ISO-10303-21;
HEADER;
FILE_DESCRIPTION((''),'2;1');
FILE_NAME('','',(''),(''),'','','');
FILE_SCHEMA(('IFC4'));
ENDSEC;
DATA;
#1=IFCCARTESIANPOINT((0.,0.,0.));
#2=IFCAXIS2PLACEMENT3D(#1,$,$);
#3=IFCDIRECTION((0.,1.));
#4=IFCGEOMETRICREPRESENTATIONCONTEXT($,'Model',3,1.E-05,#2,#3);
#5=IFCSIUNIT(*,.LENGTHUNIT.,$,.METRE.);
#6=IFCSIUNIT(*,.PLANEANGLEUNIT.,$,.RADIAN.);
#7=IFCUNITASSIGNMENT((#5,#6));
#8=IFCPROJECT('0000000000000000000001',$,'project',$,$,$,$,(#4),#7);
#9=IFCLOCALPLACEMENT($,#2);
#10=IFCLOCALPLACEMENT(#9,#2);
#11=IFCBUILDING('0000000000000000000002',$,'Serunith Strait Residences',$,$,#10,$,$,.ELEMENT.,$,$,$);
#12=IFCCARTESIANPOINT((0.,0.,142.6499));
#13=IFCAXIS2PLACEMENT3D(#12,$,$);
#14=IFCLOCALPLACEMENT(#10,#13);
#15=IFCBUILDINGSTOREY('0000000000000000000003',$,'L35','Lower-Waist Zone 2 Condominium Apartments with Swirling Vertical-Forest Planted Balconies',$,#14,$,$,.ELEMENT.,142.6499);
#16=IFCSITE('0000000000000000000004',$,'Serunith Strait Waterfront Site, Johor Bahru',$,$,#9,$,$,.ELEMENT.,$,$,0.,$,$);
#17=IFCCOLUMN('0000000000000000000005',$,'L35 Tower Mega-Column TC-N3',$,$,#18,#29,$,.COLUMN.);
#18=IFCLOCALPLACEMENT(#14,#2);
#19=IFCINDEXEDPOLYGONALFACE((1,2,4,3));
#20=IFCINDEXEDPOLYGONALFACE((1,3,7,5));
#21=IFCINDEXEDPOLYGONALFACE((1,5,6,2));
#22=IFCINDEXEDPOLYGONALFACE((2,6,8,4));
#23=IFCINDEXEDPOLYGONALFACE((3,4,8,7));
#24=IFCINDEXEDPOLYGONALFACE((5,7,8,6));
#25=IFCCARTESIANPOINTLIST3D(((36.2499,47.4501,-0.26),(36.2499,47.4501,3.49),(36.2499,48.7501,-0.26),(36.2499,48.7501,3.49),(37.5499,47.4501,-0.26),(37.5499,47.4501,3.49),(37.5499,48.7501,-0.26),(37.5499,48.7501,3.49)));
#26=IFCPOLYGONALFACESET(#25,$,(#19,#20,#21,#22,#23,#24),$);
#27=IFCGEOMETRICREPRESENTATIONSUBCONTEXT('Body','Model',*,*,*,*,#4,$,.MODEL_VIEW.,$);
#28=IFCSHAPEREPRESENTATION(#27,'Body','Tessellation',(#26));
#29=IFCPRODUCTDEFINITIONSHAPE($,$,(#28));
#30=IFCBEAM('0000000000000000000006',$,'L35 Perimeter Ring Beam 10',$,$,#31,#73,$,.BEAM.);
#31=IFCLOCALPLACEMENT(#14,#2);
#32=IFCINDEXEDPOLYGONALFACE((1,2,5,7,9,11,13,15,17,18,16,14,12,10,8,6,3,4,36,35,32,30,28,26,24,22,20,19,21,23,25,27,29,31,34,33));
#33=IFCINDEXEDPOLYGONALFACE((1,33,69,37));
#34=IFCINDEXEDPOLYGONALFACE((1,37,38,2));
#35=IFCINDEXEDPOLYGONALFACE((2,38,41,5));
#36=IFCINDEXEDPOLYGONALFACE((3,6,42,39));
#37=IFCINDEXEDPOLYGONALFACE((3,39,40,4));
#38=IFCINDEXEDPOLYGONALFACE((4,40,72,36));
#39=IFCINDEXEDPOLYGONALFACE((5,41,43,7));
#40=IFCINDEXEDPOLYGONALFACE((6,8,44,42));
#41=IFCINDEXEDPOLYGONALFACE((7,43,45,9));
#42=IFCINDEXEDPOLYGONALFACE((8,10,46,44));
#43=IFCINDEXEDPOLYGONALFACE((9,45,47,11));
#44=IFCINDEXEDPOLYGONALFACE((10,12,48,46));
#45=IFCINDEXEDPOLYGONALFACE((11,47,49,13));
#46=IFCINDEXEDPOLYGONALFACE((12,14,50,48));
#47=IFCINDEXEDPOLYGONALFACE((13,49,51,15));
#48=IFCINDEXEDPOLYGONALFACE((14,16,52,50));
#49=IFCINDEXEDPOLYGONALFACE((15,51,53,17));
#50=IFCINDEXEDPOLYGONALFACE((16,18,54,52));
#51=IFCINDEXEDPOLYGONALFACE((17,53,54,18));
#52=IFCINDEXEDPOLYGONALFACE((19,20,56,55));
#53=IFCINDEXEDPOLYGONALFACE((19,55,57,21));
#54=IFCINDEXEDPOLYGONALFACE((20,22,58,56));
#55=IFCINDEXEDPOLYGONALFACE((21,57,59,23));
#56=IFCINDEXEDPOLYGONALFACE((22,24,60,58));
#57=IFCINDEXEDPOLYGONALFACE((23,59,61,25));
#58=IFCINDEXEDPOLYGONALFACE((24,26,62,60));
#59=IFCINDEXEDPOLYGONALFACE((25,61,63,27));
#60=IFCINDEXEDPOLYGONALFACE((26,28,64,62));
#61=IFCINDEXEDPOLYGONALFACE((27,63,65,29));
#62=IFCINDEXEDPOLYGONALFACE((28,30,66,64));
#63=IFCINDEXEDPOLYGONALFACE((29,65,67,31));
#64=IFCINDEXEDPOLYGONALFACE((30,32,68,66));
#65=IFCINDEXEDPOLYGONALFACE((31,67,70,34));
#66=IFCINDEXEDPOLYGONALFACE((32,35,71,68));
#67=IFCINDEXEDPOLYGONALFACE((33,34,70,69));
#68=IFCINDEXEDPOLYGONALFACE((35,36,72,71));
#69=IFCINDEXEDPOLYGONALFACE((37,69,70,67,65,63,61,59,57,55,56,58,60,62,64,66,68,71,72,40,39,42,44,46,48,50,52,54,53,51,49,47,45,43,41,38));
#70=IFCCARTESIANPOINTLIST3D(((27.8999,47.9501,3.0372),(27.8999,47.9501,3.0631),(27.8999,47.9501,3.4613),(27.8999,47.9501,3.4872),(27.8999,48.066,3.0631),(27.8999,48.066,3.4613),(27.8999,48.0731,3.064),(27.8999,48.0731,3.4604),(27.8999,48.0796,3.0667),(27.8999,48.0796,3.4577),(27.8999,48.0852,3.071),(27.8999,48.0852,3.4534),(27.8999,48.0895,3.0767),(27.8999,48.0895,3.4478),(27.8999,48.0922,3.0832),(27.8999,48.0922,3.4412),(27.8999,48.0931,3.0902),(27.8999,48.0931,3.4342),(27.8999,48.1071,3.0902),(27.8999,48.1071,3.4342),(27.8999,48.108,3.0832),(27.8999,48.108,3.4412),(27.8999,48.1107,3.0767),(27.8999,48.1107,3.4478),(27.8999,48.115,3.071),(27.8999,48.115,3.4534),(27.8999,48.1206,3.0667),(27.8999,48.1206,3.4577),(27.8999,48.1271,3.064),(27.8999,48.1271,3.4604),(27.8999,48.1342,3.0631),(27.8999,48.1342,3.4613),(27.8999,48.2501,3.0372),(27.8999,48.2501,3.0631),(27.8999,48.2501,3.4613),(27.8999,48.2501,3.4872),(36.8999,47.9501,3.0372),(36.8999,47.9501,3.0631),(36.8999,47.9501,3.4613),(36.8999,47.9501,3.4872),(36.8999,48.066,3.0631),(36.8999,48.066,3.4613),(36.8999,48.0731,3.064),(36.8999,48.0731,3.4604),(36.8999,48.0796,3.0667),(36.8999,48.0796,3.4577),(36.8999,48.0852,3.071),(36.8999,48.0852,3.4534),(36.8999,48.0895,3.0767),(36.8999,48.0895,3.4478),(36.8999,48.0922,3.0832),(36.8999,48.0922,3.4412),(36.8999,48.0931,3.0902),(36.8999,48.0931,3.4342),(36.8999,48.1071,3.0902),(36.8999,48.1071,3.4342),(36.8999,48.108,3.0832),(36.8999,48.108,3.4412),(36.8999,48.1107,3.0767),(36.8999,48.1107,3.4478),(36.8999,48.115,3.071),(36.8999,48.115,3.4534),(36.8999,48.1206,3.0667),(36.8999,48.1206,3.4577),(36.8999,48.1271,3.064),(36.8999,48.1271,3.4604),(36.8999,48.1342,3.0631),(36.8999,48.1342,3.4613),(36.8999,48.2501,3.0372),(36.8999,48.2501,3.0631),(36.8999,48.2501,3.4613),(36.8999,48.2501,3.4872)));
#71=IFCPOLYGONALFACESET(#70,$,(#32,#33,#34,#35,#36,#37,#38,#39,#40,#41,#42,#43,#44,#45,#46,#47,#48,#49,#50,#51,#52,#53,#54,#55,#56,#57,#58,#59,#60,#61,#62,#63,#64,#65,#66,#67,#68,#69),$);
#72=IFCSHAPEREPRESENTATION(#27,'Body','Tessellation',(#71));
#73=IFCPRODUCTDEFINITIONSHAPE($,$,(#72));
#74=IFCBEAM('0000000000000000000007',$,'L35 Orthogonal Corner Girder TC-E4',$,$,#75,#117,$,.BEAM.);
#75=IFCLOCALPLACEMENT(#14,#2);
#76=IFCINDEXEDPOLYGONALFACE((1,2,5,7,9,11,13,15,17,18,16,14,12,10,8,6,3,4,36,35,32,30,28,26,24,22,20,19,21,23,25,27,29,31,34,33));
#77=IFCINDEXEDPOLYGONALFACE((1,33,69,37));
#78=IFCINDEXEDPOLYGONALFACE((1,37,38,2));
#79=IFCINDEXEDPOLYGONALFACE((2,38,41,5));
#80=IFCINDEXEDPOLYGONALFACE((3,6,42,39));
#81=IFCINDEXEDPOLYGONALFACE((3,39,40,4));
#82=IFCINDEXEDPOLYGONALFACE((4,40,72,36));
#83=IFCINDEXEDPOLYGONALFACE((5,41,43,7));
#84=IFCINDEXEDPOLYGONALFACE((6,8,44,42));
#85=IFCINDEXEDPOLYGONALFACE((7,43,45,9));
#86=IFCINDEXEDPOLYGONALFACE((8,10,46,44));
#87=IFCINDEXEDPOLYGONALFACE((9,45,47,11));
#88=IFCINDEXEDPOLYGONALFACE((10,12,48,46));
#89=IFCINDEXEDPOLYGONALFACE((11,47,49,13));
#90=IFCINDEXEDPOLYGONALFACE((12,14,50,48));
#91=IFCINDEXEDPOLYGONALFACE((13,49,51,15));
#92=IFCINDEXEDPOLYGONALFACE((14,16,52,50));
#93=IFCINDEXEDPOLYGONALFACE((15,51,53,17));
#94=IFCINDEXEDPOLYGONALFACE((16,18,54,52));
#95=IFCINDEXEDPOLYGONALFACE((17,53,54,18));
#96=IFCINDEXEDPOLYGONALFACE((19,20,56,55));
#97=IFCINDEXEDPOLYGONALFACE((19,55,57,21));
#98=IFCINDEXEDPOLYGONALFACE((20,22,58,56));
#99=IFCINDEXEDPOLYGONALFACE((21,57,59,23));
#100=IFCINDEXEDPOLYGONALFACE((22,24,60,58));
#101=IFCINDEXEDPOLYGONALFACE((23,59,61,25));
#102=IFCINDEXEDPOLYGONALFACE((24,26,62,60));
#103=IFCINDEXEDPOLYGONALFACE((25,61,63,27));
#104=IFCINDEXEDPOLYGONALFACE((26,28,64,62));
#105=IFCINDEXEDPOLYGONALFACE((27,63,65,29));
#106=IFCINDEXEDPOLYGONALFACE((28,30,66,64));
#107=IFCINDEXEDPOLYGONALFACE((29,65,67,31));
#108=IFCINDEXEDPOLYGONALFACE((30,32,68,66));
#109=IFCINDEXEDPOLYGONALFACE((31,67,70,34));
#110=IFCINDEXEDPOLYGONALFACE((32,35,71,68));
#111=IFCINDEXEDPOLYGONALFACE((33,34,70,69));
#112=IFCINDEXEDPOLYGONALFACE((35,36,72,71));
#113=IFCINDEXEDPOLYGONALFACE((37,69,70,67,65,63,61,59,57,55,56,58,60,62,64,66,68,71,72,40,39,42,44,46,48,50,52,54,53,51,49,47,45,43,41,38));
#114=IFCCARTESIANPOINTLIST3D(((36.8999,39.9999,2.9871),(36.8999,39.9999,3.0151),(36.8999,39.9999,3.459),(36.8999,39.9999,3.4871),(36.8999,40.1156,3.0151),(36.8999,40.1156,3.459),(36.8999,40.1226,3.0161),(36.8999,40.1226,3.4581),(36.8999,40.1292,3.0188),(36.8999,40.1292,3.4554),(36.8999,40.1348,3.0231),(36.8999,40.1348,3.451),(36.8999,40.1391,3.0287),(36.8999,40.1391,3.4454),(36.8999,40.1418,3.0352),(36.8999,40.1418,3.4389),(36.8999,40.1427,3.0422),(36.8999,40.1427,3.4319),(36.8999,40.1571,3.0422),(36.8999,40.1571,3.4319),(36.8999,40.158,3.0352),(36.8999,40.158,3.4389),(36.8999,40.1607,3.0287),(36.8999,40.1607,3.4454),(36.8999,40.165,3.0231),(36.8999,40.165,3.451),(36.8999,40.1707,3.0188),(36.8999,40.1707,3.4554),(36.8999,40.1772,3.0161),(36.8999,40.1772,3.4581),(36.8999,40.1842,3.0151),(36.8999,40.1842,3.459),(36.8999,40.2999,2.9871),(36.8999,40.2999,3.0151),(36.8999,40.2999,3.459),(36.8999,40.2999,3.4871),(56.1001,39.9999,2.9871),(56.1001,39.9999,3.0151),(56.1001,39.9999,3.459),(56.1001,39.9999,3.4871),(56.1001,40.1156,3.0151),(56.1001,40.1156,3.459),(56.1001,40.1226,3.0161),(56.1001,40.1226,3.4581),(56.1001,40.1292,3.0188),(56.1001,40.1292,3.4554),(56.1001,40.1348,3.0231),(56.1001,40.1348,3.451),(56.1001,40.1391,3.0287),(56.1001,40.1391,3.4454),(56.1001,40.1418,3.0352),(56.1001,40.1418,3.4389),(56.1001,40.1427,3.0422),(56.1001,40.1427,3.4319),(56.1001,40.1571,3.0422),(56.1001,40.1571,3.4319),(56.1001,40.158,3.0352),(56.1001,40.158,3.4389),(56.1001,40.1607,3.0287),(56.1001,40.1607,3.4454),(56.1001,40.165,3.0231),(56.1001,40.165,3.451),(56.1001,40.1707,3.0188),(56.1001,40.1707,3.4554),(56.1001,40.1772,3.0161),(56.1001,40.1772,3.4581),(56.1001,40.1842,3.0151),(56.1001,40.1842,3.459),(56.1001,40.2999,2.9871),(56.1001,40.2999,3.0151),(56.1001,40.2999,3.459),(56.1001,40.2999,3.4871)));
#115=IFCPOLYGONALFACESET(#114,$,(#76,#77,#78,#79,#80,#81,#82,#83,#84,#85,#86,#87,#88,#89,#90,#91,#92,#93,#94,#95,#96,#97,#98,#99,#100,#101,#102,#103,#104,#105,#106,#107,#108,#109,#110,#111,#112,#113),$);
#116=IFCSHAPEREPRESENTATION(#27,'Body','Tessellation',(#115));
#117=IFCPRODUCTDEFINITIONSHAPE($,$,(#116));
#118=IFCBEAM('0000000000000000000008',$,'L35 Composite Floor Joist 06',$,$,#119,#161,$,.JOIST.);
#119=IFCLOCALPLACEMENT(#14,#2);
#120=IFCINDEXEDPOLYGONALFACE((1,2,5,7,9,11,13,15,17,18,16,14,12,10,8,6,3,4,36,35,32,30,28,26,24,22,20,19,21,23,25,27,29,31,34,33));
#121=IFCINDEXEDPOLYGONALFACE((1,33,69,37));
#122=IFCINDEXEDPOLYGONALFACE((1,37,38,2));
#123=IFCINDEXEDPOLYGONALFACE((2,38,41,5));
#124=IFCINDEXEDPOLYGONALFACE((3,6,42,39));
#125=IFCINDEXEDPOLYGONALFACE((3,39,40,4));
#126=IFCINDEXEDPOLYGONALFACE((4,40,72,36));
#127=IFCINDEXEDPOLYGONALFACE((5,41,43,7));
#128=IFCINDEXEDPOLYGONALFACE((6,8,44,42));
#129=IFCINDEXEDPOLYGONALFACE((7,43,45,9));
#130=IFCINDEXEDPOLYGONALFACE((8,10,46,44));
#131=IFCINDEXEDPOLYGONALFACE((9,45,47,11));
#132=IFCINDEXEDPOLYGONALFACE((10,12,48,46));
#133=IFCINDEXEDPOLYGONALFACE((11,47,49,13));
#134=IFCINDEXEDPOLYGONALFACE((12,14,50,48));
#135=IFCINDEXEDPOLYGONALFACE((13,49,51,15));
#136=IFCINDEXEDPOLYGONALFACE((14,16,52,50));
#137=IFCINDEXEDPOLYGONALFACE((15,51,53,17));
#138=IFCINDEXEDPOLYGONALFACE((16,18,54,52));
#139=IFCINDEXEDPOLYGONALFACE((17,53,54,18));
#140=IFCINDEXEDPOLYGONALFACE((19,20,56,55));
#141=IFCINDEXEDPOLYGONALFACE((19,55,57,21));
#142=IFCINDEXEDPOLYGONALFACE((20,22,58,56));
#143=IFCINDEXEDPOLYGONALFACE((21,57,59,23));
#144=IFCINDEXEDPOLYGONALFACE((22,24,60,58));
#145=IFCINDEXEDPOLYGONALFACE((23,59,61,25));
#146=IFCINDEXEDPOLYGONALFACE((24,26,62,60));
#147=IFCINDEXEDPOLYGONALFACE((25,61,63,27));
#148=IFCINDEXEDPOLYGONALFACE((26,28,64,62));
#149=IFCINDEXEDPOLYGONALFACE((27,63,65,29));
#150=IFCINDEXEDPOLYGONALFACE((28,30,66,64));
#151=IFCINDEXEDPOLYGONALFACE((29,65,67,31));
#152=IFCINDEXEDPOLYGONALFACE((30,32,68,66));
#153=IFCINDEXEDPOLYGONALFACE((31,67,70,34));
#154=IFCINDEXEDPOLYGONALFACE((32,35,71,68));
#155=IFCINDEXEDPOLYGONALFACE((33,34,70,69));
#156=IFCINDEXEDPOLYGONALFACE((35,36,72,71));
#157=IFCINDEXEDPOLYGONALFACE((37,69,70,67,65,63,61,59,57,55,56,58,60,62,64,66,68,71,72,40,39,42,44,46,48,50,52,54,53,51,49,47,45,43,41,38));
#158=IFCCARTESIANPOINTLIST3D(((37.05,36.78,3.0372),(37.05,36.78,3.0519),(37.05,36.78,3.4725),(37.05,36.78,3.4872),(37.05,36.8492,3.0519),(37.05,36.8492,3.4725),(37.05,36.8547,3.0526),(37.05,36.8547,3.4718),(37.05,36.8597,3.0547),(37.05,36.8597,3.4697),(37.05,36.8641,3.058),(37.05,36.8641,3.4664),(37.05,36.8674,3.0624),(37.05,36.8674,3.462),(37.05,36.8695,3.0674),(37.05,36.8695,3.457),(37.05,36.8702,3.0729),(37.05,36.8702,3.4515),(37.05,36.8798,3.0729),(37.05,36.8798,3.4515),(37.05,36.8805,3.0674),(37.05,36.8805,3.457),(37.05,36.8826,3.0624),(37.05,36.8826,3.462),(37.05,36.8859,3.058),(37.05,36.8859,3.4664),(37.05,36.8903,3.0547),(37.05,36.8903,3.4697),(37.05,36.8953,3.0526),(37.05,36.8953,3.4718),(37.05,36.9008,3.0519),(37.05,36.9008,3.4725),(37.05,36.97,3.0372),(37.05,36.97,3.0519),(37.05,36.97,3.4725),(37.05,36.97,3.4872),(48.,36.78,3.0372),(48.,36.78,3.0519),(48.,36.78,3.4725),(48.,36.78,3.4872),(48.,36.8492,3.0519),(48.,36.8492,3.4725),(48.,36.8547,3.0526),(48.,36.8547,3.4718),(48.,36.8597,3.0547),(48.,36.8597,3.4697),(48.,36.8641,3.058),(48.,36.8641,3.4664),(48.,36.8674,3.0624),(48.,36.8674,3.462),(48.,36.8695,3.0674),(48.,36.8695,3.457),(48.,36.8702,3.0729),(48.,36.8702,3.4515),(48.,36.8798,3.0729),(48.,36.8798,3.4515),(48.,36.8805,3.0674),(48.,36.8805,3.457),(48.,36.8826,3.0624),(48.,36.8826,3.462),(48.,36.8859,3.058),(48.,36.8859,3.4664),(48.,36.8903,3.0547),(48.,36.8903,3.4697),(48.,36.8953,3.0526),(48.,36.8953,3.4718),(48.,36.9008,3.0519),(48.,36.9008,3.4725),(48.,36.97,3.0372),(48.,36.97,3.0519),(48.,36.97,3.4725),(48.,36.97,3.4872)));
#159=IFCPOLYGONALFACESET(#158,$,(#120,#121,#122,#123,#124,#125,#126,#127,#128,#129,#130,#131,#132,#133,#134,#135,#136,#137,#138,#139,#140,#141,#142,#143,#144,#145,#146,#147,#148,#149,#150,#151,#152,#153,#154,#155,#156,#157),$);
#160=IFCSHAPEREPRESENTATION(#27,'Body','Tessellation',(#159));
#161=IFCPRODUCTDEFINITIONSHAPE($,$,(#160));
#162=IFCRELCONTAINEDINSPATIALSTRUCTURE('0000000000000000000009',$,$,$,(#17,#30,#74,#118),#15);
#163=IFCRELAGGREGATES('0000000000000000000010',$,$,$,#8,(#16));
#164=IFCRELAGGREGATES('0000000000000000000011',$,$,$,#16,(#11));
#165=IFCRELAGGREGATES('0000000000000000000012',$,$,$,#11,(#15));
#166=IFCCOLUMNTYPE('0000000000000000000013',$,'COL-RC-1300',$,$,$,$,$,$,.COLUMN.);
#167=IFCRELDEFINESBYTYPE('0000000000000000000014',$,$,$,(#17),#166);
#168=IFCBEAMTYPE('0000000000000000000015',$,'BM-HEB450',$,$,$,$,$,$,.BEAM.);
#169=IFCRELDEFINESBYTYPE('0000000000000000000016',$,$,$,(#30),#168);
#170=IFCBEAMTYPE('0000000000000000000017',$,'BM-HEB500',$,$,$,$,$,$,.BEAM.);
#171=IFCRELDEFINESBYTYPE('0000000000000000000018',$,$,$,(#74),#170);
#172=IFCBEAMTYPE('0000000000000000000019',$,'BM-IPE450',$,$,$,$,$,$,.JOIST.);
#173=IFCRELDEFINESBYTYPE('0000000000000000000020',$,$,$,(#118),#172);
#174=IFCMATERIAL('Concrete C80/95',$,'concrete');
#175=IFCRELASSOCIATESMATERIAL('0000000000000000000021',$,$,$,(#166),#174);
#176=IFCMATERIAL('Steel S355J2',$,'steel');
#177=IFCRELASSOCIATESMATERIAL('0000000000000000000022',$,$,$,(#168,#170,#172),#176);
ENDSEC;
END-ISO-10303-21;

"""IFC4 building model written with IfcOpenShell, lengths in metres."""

from ifc_helpers import new_model, si_unit, direction, frame, origin, origin_2d, place, context, subcontext, project, spatial, rectangle, i_section, extrude, source, transform, mapped, material, material_profile, profile_set, type_object, element, save


model = new_model("IFC4")

# Units and contexts
model_context = context("Model", 3, precision=1e-05, world=origin(), true_north=direction((0.0, 1.0)))
body_context = subcontext(model_context, "Body", "Model", "MODEL_VIEW")
ifc_project = project(units=[si_unit("LENGTHUNIT", "METRE"), si_unit("PLANEANGLEUNIT", "RADIAN")], contexts=[model_context])

# Site, building, storey
site_placement = place(None, origin())
site = spatial("IfcSite", under=ifc_project, at=site_placement, Name="Serunith Strait Waterfront Site, Johor Bahru", CompositionType="ELEMENT", RefElevation=0.0)
building_placement = place(site_placement, origin())
building = spatial("IfcBuilding", under=site, at=building_placement, Name="Serunith Strait Residences", CompositionType="ELEMENT")
storey_placement = place(building_placement, frame((0.0, 0.0, 142.6499)))
storey = spatial("IfcBuildingStorey", under=building, at=storey_placement, Name="L35", Description="Lower-Waist Zone 2 Condominium Apartments with Swirling Vertical-Forest Planted Balconies", CompositionType="ELEMENT", Elevation=142.6499)

# Column
ifc_material_1 = material(Name="Concrete C80/95", Category="concrete")
ifc_material_profile_1 = material_profile(ifc_material_1, rectangle(XDim=1.3, YDim=1.3, at=origin_2d()), Name="RC 1300x1300")
ifc_profile_set_1 = profile_set([ifc_material_profile_1], Name="Concrete C80/95")
column_type = type_object("IfcColumnType", Name="COL-RC-1300", PredefinedType="COLUMN", material=ifc_profile_set_1)
shared_shape_1 = source(origin(), body_context, "Body", "SweptSolid", [
    extrude(rectangle(XDim=1.3, YDim=1.3, at=origin_2d()), origin(), (0.0, 0.0, 1.0), 3.75),
])
column_placement = place(storey_placement, frame((36.8999, 48.1001, -0.26), z_axis=(0.0, 0.0, 1.0), x_axis=(1.0, 0.0, 0.0)))
element("IfcColumn", 1, at=column_placement, inside=storey, type_object=column_type, Name="L35 Tower Mega-Column TC-N3", PredefinedType="COLUMN", context=body_context, shape_type="MappedRepresentation", body=[
    mapped(shared_shape_1, transform((0.0, 0.0, 0.0), scale=1.0)),
])

# Beams
ifc_material_2 = material(Name="Steel S355J2", Category="steel")
ifc_material_profile_2 = material_profile(ifc_material_2, i_section(OverallWidth=0.3, OverallDepth=0.45, WebThickness=0.0139, FlangeThickness=0.0259, FilletRadius=0.0271, at=origin_2d()), Name="HEB 450")
ifc_profile_set_2 = profile_set([ifc_material_profile_2], Name="Steel S355J2")
beam_type_1 = type_object("IfcBeamType", Name="BM-HEB450", PredefinedType="BEAM", material=ifc_profile_set_2)
shared_shape_2 = source(origin(), body_context, "Body", "SweptSolid", [
    extrude(i_section(OverallWidth=0.3, OverallDepth=0.45, WebThickness=0.0139, FlangeThickness=0.0259, FilletRadius=0.0271, at=origin_2d()), origin(), (0.0, 0.0, 1.0), 9.0),
])
beam_1_placement = place(storey_placement, frame((36.8999, 48.1001, 3.2622), z_axis=(-1.0, 0.0, 0.0), x_axis=(0.0, -1.0, 0.0)))
element("IfcBeam", 2, at=beam_1_placement, inside=storey, type_object=beam_type_1, Name="L35 Perimeter Ring Beam 10", PredefinedType="BEAM", context=body_context, shape_type="MappedRepresentation", body=[
    mapped(shared_shape_2, transform((0.0, 0.0, 0.0), scale=1.0)),
])
ifc_material_profile_3 = material_profile(ifc_material_2, i_section(OverallWidth=0.3, OverallDepth=0.5, WebThickness=0.0144, FlangeThickness=0.0281, FilletRadius=0.0271, at=origin_2d()), Name="HEB 500")
ifc_profile_set_3 = profile_set([ifc_material_profile_3], Name="Steel S355J2")
beam_type_2 = type_object("IfcBeamType", Name="BM-HEB500", PredefinedType="BEAM", material=ifc_profile_set_3)
shared_shape_3 = source(origin(), body_context, "Body", "SweptSolid", [
    extrude(i_section(OverallWidth=0.3, OverallDepth=0.5, WebThickness=0.0144, FlangeThickness=0.0281, FilletRadius=0.0271, at=origin_2d()), origin(), (0.0, 0.0, 1.0), 19.2002),
])
beam_2_placement = place(storey_placement, frame((36.8999, 40.1499, 3.2371), z_axis=(1.0, 0.0, 0.0), x_axis=(0.0, 1.0, 0.0)))
element("IfcBeam", 3, at=beam_2_placement, inside=storey, type_object=beam_type_2, Name="L35 Orthogonal Corner Girder TC-E4", PredefinedType="BEAM", context=body_context, shape_type="MappedRepresentation", body=[
    mapped(shared_shape_3, transform((0.0, 0.0, 0.0), scale=1.0)),
])
ifc_material_profile_4 = material_profile(ifc_material_2, i_section(OverallWidth=0.1899, OverallDepth=0.45, WebThickness=0.0095, FlangeThickness=0.0146, FilletRadius=0.021, at=origin_2d()), Name="IPE 450")
ifc_profile_set_4 = profile_set([ifc_material_profile_4], Name="Steel S355J2")
beam_type_3 = type_object("IfcBeamType", Name="BM-IPE450", PredefinedType="JOIST", material=ifc_profile_set_4)
shared_shape_4 = source(origin(), body_context, "Body", "SweptSolid", [
    extrude(i_section(OverallWidth=0.1899, OverallDepth=0.45, WebThickness=0.0095, FlangeThickness=0.0146, FilletRadius=0.021, at=origin_2d()), origin(), (0.0, 0.0, 1.0), 10.95),
])
beam_3_placement = place(storey_placement, frame((37.05, 36.875, 3.2622), z_axis=(1.0, 0.0, 0.0), x_axis=(0.0, 1.0, 0.0)))
element("IfcBeam", 4, at=beam_3_placement, inside=storey, type_object=beam_type_3, Name="L35 Composite Floor Joist 06", PredefinedType="JOIST", context=body_context, shape_type="MappedRepresentation", body=[
    mapped(shared_shape_4, transform((0.0, 0.0, 0.0), scale=1.0)),
])

save(model, "model.ifc")
